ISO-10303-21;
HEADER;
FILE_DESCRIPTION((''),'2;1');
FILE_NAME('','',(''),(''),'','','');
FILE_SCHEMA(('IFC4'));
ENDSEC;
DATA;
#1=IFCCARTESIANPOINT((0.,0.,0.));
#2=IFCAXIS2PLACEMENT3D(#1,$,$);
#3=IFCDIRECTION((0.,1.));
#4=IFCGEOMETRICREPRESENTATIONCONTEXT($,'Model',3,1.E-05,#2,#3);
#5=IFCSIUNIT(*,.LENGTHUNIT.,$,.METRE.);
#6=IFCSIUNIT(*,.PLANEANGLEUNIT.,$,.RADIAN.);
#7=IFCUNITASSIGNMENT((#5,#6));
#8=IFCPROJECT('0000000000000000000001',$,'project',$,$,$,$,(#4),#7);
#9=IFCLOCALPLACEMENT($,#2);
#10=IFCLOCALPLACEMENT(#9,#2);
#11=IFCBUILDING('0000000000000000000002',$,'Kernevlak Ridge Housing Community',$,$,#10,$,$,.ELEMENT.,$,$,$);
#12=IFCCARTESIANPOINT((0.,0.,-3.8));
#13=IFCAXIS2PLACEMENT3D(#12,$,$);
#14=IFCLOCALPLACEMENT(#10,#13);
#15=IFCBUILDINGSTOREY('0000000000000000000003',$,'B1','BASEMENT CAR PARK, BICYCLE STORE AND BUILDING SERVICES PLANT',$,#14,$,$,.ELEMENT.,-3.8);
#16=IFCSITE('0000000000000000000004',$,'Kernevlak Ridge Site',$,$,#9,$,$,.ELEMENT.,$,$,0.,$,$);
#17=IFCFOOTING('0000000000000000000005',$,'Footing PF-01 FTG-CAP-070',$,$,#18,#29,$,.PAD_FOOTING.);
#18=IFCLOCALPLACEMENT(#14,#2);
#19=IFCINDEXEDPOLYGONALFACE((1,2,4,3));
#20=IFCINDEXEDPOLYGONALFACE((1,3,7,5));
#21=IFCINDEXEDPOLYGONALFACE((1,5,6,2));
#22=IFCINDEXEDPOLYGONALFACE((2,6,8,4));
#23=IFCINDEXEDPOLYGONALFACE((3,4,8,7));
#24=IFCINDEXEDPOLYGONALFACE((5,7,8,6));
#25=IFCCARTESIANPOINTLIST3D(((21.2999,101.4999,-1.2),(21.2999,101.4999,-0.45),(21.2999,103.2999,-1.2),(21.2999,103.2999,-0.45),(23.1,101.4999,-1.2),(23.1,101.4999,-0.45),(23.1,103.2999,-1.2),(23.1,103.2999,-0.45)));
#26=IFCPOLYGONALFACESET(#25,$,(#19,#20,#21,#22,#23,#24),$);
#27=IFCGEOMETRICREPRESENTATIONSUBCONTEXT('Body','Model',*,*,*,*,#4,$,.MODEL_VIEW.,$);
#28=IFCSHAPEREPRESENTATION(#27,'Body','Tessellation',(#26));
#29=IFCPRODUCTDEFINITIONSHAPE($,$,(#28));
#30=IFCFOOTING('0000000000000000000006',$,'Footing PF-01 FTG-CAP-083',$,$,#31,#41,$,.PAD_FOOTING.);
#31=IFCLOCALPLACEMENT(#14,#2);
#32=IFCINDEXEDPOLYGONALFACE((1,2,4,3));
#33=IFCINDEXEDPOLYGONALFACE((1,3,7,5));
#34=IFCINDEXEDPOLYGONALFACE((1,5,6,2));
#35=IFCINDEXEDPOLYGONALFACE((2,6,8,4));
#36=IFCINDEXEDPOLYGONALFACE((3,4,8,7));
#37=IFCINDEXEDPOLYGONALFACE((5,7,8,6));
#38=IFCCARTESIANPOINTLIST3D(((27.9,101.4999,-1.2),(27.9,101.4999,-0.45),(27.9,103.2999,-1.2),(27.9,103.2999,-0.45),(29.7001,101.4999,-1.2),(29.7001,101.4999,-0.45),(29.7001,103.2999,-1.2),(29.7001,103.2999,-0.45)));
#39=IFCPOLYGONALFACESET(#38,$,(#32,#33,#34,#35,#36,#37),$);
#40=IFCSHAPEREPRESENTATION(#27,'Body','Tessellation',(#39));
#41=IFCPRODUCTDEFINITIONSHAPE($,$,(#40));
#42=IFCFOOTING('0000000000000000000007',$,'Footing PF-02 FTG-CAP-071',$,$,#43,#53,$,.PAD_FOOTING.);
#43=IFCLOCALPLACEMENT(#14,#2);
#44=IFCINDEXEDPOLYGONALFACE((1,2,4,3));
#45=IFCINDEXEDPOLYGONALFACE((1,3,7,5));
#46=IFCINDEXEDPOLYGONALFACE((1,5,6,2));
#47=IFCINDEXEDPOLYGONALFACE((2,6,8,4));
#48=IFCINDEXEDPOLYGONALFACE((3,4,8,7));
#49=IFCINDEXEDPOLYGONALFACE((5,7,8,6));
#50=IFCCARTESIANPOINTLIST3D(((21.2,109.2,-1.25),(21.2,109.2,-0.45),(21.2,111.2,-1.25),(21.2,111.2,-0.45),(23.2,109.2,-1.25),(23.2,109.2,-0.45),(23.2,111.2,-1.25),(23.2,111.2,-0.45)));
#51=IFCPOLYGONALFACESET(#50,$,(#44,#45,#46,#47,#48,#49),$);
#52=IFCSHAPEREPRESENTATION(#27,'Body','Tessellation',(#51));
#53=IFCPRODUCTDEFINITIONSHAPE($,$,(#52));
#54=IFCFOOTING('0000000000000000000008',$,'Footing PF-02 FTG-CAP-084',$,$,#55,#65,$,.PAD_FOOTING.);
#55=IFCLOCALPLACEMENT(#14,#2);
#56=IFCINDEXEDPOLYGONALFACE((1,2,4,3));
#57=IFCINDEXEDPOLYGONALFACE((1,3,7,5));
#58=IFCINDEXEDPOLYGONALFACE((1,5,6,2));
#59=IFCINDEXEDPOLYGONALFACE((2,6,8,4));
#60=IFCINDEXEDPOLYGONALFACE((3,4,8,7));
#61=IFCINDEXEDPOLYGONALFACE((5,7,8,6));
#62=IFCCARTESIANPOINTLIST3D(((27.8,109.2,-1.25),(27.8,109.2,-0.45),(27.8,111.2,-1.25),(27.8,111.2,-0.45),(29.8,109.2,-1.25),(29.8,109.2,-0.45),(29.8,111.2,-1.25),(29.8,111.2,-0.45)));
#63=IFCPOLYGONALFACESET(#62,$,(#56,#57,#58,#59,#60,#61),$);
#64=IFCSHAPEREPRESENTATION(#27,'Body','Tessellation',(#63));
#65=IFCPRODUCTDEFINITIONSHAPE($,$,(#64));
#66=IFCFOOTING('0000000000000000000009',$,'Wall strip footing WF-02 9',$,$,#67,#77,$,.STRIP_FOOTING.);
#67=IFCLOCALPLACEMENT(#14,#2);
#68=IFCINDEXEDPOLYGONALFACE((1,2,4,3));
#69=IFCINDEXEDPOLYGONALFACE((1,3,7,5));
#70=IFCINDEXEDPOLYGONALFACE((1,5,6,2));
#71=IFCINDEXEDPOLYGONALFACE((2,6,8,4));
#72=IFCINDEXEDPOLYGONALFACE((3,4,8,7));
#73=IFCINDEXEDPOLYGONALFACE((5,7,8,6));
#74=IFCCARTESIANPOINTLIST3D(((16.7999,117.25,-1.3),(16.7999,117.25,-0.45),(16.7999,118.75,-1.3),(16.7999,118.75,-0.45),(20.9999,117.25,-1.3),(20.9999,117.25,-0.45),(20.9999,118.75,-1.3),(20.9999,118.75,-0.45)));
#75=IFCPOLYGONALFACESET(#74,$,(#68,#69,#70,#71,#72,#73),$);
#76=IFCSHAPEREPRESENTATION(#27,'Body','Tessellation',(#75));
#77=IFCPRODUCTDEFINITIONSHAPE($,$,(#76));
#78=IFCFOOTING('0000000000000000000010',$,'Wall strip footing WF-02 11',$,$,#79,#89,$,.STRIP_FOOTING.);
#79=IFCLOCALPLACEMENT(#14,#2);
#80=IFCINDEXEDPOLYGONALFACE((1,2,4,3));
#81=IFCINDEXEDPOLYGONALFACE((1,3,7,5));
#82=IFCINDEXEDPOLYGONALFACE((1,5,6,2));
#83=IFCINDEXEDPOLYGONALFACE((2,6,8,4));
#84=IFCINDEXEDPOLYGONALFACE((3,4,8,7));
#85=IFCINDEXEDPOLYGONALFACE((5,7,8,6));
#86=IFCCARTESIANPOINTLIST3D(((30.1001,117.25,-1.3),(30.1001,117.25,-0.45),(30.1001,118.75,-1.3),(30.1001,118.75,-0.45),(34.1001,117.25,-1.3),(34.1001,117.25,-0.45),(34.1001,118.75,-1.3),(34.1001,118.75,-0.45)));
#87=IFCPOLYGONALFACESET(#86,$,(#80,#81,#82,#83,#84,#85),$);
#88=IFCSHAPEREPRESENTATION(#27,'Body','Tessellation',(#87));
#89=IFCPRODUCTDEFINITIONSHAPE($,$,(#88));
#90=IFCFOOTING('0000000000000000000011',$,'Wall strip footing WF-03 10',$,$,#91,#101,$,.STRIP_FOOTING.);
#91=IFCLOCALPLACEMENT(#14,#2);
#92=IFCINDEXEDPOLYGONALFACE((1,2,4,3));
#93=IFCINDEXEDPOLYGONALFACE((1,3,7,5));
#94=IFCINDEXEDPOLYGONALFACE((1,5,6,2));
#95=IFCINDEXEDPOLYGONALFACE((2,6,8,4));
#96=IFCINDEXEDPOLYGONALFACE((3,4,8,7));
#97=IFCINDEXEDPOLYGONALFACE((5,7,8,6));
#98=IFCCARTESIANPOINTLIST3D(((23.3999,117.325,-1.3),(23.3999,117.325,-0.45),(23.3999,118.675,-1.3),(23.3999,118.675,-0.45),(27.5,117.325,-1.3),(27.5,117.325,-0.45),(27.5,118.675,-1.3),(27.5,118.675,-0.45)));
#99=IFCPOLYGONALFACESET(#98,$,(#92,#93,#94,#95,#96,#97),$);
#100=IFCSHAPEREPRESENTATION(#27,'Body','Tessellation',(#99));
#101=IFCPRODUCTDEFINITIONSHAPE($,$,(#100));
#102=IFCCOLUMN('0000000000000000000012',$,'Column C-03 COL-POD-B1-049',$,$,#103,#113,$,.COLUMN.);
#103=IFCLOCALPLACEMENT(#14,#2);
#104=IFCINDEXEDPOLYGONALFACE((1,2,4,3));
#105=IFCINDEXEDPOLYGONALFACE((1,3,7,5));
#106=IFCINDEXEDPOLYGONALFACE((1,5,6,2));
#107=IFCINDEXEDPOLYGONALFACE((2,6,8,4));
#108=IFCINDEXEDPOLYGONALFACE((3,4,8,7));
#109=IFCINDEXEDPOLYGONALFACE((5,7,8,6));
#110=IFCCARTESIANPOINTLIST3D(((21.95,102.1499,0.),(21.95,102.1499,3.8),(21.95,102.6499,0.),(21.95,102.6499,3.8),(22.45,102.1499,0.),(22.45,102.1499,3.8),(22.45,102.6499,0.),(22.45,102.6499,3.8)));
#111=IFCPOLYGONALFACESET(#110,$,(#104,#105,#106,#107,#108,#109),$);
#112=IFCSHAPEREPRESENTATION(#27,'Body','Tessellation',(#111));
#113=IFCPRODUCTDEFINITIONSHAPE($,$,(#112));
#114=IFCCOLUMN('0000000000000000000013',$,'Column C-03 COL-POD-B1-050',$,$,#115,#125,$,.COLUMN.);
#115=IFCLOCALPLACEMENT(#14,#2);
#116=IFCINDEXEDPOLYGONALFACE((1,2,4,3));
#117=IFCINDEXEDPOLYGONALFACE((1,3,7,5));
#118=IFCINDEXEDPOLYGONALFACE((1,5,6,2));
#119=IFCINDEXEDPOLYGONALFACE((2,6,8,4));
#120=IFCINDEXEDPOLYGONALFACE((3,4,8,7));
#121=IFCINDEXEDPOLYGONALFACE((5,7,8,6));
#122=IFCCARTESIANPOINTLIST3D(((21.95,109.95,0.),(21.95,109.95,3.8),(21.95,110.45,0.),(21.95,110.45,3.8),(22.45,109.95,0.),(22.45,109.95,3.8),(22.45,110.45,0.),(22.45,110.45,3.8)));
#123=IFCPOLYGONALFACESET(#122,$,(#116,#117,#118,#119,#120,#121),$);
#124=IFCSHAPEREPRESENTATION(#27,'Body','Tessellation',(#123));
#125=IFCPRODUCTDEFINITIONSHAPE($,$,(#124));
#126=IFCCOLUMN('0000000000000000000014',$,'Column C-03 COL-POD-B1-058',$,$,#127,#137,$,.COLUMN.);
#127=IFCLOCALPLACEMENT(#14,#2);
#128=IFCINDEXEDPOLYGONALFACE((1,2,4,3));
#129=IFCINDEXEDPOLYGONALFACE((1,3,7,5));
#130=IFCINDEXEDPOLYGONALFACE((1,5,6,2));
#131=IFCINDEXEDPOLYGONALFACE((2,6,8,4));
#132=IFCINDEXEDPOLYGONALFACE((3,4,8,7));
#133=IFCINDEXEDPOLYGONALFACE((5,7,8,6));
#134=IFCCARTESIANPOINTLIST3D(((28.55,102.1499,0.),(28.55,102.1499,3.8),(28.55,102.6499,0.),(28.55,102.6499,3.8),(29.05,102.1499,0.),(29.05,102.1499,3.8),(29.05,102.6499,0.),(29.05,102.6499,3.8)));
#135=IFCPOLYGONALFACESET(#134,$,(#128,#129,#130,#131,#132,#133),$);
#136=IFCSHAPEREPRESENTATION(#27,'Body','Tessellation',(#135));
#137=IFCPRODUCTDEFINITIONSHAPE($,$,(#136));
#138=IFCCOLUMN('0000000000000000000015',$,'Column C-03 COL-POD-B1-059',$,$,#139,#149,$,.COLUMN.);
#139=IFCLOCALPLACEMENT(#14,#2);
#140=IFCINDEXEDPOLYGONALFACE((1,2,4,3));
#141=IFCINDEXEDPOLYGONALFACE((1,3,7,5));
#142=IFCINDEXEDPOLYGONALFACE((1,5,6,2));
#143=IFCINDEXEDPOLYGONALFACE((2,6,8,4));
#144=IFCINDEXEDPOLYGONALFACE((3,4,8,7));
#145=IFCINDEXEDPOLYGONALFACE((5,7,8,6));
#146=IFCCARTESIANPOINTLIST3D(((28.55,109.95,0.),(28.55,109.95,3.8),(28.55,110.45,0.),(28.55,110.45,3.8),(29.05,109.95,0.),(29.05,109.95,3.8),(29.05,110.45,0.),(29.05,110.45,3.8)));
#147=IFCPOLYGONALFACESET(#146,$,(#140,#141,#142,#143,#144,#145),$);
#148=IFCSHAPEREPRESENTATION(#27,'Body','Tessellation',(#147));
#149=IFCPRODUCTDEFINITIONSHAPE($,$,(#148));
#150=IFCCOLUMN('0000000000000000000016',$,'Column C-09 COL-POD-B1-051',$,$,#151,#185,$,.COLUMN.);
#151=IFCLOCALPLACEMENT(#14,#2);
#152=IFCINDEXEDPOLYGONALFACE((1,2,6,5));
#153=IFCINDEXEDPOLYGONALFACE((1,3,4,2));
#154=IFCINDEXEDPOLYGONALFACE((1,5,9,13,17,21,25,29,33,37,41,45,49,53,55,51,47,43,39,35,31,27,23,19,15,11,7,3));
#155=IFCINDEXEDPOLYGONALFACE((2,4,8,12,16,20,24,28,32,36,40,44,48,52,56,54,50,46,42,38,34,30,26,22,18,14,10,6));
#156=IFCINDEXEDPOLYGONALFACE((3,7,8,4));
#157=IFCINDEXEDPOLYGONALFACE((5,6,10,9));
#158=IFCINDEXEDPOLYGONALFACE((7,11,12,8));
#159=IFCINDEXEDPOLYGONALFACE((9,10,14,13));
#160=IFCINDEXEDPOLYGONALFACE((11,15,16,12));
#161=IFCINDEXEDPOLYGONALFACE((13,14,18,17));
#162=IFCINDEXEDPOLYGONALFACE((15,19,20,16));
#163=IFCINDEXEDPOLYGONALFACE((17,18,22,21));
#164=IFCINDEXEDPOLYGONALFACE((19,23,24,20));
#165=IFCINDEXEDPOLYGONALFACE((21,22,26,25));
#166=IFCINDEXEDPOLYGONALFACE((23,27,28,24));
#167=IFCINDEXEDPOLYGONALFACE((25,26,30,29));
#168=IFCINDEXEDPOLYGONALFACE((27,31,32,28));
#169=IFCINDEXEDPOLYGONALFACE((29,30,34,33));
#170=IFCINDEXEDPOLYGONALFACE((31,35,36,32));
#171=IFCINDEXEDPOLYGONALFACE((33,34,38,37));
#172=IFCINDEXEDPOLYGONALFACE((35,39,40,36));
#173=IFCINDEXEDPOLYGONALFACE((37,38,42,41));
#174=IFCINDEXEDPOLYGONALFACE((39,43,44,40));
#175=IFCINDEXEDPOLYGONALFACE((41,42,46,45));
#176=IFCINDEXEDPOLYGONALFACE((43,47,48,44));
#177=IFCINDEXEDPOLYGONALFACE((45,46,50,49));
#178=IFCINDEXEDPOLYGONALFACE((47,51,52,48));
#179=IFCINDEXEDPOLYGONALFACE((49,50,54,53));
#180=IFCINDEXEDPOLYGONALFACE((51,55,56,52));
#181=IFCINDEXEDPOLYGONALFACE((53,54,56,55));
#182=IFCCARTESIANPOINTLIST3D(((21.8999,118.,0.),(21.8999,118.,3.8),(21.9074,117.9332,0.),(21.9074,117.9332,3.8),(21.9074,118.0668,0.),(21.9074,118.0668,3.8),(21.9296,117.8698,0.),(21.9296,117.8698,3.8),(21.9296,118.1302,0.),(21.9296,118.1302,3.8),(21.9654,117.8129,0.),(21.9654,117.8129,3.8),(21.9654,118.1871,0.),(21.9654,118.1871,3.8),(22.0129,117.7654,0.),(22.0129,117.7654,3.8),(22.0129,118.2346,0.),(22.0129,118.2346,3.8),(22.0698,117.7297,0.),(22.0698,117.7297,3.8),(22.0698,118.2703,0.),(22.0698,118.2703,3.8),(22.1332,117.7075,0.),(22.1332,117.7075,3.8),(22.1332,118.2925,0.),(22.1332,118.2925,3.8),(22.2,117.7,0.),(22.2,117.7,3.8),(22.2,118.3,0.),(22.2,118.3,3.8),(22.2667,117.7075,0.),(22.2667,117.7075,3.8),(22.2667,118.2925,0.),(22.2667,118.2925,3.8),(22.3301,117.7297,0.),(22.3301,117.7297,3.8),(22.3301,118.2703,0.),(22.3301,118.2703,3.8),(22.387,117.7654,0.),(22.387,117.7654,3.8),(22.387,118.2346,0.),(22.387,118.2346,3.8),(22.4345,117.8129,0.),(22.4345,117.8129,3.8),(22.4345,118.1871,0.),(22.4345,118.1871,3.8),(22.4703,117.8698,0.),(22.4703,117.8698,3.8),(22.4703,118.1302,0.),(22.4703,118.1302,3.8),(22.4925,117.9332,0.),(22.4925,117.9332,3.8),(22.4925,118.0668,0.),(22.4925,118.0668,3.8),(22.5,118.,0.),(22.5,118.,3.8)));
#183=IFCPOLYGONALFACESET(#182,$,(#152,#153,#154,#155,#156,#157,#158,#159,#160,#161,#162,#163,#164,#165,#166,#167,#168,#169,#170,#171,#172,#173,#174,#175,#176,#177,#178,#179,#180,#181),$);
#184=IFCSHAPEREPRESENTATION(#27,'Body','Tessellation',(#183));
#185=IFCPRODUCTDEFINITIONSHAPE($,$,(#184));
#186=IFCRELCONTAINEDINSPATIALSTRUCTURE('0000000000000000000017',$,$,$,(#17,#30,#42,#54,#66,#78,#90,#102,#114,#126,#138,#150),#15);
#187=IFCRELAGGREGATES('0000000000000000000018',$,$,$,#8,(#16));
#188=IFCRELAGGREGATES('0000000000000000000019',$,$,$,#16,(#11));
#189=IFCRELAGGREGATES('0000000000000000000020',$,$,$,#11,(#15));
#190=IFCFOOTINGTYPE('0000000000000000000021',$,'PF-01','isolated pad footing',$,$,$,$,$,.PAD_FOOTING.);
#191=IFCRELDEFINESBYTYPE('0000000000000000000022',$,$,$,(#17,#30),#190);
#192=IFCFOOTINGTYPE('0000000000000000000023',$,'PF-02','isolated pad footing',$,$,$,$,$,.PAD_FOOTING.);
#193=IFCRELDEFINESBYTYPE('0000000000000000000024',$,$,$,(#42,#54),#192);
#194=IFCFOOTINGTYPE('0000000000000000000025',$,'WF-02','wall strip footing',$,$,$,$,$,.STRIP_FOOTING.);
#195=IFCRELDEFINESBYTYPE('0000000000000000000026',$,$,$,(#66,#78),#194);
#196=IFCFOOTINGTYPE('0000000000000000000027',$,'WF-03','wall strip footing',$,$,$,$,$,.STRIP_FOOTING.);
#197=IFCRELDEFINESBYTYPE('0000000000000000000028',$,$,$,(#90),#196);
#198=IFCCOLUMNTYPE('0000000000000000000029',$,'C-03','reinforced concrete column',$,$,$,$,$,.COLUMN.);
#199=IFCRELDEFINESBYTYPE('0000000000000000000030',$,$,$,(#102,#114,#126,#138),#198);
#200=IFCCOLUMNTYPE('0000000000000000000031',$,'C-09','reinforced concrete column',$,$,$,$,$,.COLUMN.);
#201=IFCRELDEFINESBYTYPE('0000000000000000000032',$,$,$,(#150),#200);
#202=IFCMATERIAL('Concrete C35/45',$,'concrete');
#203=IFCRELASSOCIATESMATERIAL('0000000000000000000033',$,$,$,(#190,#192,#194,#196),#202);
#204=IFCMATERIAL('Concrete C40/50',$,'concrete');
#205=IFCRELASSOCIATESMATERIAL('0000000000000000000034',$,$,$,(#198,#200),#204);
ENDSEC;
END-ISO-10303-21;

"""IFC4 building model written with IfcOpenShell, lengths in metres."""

from ifc_helpers import new_model, si_unit, direction, frame, origin, origin_2d, place, context, subcontext, project, spatial, rectangle, circle, extrude, material, material_profile, profile_set, type_object, element, save


model = new_model("IFC4")

# Units and contexts
model_context = context("Model", 3, precision=1e-05, world=origin(), true_north=direction((0.0, 1.0)))
body_context = subcontext(model_context, "Body", "Model", "MODEL_VIEW")
ifc_project = project(units=[si_unit("LENGTHUNIT", "METRE"), si_unit("PLANEANGLEUNIT", "RADIAN")], contexts=[model_context])

# Site, building, storey
site_placement = place(None, origin())
site = spatial("IfcSite", under=ifc_project, at=site_placement, Name="Kernevlak Ridge Site", CompositionType="ELEMENT", RefElevation=0.0)
building_placement = place(site_placement, origin())
building = spatial("IfcBuilding", under=site, at=building_placement, Name="Kernevlak Ridge Housing Community", CompositionType="ELEMENT")
storey_placement = place(building_placement, frame((0.0, 0.0, -3.8)))
storey = spatial("IfcBuildingStorey", under=building, at=storey_placement, Name="B1", Description="BASEMENT CAR PARK, BICYCLE STORE AND BUILDING SERVICES PLANT", CompositionType="ELEMENT", Elevation=-3.8)

# Shared definitions
ifc_material_1 = material(Name="Concrete C35/45", Category="concrete")

# Footings
footing_type_1 = type_object("IfcFootingType", Name="PF-01", Description="isolated pad footing", PredefinedType="PAD_FOOTING", material=ifc_material_1)
for number, where, z_axis, x_axis, name in (
    (1, (22.2, 102.3999, -1.2), (0.0, 0.0, 1.0), (1.0, 0.0, 0.0), "Footing PF-01 FTG-CAP-070"),
    (2, (28.8, 102.3999, -1.2), (0.0, 0.0, 1.0), (1.0, 0.0, 0.0), "Footing PF-01 FTG-CAP-083"),
):
    element("IfcFooting", number, at=place(storey_placement, frame(where, z_axis=z_axis, x_axis=x_axis)), inside=storey, type_object=footing_type_1, Name=name, PredefinedType="PAD_FOOTING", context=body_context, shape_type="SweptSolid", body=[
        extrude(rectangle(XDim=1.8, YDim=1.8, at=origin_2d()), origin(), (0.0, 0.0, 1.0), 0.75),
    ])
footing_type_2 = type_object("IfcFootingType", Name="PF-02", Description="isolated pad footing", PredefinedType="PAD_FOOTING", material=ifc_material_1)
for number, where, z_axis, x_axis, name in (
    (3, (22.2, 110.2, -1.25), (0.0, 0.0, 1.0), (1.0, 0.0, 0.0), "Footing PF-02 FTG-CAP-071"),
    (4, (28.8, 110.2, -1.25), (0.0, 0.0, 1.0), (1.0, 0.0, 0.0), "Footing PF-02 FTG-CAP-084"),
):
    element("IfcFooting", number, at=place(storey_placement, frame(where, z_axis=z_axis, x_axis=x_axis)), inside=storey, type_object=footing_type_2, Name=name, PredefinedType="PAD_FOOTING", context=body_context, shape_type="SweptSolid", body=[
        extrude(rectangle(XDim=2.0, YDim=2.0, at=origin_2d()), origin(), (0.0, 0.0, 1.0), 0.8),
    ])
footing_type_3 = type_object("IfcFootingType", Name="WF-02", Description="wall strip footing", PredefinedType="STRIP_FOOTING", material=ifc_material_1)
footing_1_placement = place(storey_placement, frame((18.8999, 118.0, -1.3), z_axis=(0.0, 0.0, 1.0), x_axis=(1.0, 0.0, 0.0)))
element("IfcFooting", 5, at=footing_1_placement, inside=storey, type_object=footing_type_3, Name="Wall strip footing WF-02 9", PredefinedType="STRIP_FOOTING", context=body_context, shape_type="SweptSolid", body=[
    extrude(rectangle(XDim=4.2, YDim=1.5, at=origin_2d()), origin(), (0.0, 0.0, 1.0), 0.8501),
])
footing_2_placement = place(storey_placement, frame((32.1001, 118.0, -1.3), z_axis=(0.0, 0.0, 1.0), x_axis=(1.0, 0.0, 0.0)))
element("IfcFooting", 6, at=footing_2_placement, inside=storey, type_object=footing_type_3, Name="Wall strip footing WF-02 11", PredefinedType="STRIP_FOOTING", context=body_context, shape_type="SweptSolid", body=[
    extrude(rectangle(XDim=4.0, YDim=1.5, at=origin_2d()), origin(), (0.0, 0.0, 1.0), 0.8501),
])
footing_type_4 = type_object("IfcFootingType", Name="WF-03", Description="wall strip footing", PredefinedType="STRIP_FOOTING", material=ifc_material_1)
footing_3_placement = place(storey_placement, frame((25.45, 118.0, -1.3), z_axis=(0.0, 0.0, 1.0), x_axis=(1.0, 0.0, 0.0)))
element("IfcFooting", 7, at=footing_3_placement, inside=storey, type_object=footing_type_4, Name="Wall strip footing WF-03 10", PredefinedType="STRIP_FOOTING", context=body_context, shape_type="SweptSolid", body=[
    extrude(rectangle(XDim=4.1001, YDim=1.3501, at=origin_2d()), origin(), (0.0, 0.0, 1.0), 0.8501),
])

# Columns
ifc_material_2 = material(Name="Concrete C40/50", Category="concrete")
ifc_material_profile_1 = material_profile(ifc_material_2, rectangle(XDim=0.5, YDim=0.5, at=origin_2d()), Name="RC 500x500")
ifc_profile_set_1 = profile_set([ifc_material_profile_1], Name="Concrete C40/50")
column_type_1 = type_object("IfcColumnType", Name="C-03", Description="reinforced concrete column", PredefinedType="COLUMN", material=ifc_profile_set_1)
for number, where, z_axis, x_axis, name in (
    (8, (22.2, 102.3999, 0.0), (0.0, 0.0, 1.0), (1.0, 0.0, 0.0), "Column C-03 COL-POD-B1-049"),
    (9, (22.2, 110.2, 0.0), (0.0, 0.0, 1.0), (1.0, 0.0, 0.0), "Column C-03 COL-POD-B1-050"),
    (10, (28.8, 102.3999, 0.0), (0.0, 0.0, 1.0), (1.0, 0.0, 0.0), "Column C-03 COL-POD-B1-058"),
    (11, (28.8, 110.2, 0.0), (0.0, 0.0, 1.0), (1.0, 0.0, 0.0), "Column C-03 COL-POD-B1-059"),
):
    element("IfcColumn", number, at=place(storey_placement, frame(where, z_axis=z_axis, x_axis=x_axis)), inside=storey, type_object=column_type_1, Name=name, PredefinedType="COLUMN", context=body_context, shape_type="SweptSolid", body=[
        extrude(rectangle(XDim=0.5, YDim=0.5, at=origin_2d()), origin(), (0.0, 0.0, 1.0), 3.8),
    ])
ifc_material_profile_2 = material_profile(ifc_material_2, circle(Radius=0.3, at=origin_2d()), Name="RC D600")
ifc_profile_set_2 = profile_set([ifc_material_profile_2], Name="Concrete C40/50")
column_type_2 = type_object("IfcColumnType", Name="C-09", Description="reinforced concrete column", PredefinedType="COLUMN", material=ifc_profile_set_2)
for number, where, z_axis, x_axis, name in (
    (12, (22.2, 118.0, 0.0), (0.0, 0.0, 1.0), (1.0, 0.0, 0.0), "Column C-09 COL-POD-B1-051"),
):
    element("IfcColumn", number, at=place(storey_placement, frame(where, z_axis=z_axis, x_axis=x_axis)), inside=storey, type_object=column_type_2, Name=name, PredefinedType="COLUMN", context=body_context, shape_type="SweptSolid", body=[
        extrude(circle(Radius=0.3, at=origin_2d()), origin(), (0.0, 0.0, 1.0), 3.8),
    ])

save(model, "model.ifc")
